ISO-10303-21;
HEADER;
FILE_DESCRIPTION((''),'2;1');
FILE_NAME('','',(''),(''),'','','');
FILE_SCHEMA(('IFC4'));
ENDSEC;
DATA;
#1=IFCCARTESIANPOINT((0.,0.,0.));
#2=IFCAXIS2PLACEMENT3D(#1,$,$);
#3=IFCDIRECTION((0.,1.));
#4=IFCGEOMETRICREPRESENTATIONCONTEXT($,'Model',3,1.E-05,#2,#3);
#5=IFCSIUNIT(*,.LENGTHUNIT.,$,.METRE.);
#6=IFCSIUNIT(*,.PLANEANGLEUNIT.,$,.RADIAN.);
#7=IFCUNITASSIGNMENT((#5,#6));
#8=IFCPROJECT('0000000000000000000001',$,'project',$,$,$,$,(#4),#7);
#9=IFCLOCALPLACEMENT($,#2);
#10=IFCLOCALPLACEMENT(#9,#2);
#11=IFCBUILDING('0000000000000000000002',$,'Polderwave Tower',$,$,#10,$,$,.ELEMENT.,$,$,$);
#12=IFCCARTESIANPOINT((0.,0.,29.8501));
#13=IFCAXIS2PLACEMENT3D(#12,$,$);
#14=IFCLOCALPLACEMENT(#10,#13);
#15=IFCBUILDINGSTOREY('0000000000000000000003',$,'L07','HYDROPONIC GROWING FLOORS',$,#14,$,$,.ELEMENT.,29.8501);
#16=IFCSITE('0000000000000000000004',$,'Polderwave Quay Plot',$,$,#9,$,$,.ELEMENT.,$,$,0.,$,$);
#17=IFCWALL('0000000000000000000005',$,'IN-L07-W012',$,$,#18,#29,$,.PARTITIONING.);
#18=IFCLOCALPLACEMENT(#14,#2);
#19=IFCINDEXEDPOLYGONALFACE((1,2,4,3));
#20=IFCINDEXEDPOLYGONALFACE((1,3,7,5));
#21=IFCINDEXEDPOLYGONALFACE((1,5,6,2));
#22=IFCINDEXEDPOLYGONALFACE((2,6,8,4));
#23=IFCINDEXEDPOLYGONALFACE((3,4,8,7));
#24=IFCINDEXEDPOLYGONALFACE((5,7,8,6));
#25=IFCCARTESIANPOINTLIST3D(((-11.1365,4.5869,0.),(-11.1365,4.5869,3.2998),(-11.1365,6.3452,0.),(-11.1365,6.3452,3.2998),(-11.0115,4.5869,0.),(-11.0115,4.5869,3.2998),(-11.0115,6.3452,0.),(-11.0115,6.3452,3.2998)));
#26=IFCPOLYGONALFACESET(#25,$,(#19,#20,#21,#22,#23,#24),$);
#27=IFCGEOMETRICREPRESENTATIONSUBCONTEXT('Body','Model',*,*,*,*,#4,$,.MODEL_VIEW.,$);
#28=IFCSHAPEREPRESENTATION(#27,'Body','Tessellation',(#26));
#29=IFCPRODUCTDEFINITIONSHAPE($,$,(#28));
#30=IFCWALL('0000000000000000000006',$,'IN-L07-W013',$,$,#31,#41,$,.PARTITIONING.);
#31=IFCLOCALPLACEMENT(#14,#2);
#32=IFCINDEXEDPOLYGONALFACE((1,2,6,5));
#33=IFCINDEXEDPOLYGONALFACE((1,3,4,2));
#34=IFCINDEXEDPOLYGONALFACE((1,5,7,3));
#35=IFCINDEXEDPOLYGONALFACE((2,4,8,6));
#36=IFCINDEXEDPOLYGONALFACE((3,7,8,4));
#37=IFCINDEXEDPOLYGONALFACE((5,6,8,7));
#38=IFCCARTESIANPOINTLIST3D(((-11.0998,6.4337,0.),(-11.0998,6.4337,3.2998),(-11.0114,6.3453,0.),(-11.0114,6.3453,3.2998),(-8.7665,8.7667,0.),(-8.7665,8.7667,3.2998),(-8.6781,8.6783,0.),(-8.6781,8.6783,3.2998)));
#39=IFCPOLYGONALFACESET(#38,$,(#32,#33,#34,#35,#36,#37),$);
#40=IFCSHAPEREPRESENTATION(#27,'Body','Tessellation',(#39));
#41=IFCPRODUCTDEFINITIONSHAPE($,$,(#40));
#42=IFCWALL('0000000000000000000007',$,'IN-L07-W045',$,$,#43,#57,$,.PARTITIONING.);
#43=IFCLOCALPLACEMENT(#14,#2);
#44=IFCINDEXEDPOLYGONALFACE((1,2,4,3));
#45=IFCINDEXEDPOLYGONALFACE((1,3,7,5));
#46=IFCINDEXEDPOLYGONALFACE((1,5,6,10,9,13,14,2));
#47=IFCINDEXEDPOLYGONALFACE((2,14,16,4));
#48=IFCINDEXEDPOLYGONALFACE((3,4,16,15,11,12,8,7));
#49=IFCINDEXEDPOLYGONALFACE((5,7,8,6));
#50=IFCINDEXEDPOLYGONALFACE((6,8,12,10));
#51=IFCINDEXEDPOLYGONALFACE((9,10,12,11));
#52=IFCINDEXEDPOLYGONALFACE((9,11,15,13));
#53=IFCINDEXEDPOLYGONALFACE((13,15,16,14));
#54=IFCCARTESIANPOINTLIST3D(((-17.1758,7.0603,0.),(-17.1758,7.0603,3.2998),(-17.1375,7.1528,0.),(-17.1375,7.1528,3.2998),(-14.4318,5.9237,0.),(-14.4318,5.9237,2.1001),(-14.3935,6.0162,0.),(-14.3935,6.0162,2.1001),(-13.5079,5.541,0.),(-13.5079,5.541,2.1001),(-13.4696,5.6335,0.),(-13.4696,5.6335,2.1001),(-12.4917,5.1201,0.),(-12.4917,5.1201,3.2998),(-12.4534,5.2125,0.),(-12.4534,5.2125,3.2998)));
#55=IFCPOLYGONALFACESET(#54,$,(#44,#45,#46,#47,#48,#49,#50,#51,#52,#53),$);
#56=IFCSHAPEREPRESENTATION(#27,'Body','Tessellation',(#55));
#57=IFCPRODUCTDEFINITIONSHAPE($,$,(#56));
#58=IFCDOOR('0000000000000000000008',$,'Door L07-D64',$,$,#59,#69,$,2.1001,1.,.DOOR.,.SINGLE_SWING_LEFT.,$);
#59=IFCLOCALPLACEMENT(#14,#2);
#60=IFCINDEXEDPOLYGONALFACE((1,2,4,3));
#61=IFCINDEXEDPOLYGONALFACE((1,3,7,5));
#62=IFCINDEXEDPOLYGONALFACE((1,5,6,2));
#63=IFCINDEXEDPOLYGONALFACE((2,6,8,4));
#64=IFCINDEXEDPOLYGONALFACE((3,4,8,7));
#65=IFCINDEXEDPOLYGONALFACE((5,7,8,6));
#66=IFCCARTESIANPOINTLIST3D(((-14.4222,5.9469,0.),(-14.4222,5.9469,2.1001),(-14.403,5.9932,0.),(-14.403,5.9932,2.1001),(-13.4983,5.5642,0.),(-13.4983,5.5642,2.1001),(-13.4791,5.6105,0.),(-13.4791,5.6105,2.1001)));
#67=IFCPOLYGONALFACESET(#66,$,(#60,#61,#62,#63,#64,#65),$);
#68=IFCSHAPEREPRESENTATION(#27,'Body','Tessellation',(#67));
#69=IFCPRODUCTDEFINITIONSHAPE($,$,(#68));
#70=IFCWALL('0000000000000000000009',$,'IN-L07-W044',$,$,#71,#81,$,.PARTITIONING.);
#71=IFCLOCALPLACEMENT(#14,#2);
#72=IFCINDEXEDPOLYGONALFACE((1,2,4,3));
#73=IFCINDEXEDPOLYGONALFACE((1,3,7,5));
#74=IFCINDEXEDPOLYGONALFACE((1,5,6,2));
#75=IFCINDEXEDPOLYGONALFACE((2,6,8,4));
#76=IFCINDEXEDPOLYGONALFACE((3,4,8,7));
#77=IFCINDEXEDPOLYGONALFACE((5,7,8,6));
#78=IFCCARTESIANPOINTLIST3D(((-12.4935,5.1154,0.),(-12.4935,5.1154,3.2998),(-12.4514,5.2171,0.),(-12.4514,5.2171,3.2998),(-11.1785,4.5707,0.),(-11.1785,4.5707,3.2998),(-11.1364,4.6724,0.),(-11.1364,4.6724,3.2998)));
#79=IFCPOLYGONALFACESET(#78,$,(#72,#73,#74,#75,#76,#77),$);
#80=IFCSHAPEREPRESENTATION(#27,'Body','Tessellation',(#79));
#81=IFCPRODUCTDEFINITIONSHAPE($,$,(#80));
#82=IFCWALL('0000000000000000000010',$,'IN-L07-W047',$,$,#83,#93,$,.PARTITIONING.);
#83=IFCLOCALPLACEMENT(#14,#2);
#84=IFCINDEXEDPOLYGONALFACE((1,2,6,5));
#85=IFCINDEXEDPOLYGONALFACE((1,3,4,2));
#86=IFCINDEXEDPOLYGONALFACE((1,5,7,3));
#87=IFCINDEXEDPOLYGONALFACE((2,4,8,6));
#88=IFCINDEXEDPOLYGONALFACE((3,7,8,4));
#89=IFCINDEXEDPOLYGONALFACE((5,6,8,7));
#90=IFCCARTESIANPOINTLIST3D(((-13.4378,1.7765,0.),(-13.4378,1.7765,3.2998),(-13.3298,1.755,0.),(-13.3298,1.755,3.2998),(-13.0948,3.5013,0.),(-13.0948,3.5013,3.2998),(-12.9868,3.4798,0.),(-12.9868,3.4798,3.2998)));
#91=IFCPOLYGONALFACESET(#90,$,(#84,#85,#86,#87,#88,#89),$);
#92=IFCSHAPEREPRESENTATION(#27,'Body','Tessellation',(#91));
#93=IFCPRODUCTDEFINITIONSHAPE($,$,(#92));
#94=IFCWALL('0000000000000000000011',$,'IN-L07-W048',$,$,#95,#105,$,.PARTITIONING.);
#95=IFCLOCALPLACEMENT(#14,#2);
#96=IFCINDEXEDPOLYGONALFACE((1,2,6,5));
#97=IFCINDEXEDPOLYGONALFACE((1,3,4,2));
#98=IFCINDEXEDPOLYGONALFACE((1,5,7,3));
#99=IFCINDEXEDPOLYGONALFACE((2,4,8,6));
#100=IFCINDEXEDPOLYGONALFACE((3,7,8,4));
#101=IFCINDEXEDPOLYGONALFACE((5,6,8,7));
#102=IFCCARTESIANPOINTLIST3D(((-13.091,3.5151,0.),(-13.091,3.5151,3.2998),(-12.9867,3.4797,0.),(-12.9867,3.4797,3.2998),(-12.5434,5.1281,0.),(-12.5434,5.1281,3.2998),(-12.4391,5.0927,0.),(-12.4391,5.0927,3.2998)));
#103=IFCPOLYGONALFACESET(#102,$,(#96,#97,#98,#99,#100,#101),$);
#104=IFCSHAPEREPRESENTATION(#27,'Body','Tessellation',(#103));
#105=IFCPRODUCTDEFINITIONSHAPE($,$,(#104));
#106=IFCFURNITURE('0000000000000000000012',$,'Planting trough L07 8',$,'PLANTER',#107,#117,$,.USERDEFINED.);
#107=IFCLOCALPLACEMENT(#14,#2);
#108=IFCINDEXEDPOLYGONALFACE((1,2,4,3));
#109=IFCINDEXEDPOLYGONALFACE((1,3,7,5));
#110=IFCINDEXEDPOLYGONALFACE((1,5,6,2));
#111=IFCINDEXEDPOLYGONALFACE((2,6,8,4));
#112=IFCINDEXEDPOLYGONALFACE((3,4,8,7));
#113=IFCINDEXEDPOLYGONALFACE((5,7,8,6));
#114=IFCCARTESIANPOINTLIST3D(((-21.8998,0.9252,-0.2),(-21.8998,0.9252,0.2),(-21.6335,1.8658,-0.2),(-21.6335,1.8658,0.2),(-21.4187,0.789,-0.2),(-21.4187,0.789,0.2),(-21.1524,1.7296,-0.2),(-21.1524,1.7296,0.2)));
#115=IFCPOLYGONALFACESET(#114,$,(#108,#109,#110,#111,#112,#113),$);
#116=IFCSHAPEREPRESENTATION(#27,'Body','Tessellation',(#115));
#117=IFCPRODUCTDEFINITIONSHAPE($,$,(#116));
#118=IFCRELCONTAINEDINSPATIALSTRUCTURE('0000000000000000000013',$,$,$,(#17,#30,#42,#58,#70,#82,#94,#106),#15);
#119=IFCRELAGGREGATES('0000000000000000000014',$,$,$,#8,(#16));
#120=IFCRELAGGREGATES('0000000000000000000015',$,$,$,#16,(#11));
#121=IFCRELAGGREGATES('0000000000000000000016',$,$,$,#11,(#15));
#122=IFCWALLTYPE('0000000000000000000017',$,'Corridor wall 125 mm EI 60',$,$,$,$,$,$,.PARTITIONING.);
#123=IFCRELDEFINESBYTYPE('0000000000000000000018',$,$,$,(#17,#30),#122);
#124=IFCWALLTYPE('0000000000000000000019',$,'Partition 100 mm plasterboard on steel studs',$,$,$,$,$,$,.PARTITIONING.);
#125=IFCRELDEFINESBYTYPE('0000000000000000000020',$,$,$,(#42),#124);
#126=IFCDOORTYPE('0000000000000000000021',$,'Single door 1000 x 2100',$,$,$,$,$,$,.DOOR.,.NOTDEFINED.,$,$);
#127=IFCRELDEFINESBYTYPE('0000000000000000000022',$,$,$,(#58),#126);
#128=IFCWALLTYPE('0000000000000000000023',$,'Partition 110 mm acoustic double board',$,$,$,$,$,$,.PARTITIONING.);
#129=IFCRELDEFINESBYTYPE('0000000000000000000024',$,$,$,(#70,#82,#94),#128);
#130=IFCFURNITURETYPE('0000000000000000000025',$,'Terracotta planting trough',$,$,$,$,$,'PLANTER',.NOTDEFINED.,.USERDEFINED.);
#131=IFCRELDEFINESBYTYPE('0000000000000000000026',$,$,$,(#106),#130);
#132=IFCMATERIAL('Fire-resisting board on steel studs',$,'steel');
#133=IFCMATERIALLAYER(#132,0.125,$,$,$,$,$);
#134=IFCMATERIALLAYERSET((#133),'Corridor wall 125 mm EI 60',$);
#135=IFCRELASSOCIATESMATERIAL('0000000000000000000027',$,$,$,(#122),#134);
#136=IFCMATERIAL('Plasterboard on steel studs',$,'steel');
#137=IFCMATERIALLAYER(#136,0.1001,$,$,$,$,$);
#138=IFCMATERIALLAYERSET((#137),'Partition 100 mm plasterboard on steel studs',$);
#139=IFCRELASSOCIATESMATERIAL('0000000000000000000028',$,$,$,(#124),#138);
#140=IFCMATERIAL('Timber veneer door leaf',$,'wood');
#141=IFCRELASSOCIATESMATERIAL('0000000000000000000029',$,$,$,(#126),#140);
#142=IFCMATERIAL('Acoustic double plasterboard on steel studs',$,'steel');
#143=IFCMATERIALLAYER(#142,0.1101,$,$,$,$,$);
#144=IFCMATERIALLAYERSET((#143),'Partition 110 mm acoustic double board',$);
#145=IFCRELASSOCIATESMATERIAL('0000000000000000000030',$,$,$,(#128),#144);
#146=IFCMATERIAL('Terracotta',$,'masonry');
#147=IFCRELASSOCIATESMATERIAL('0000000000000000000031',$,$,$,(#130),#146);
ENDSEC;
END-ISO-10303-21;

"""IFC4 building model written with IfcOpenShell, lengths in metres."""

from ifc_helpers import new_model, si_unit, direction, frame, frame_2d, origin, origin_2d, place, context, subcontext, project, spatial, rectangle, extrude, material, layer, layer_set, type_object, element, fill, save


model = new_model("IFC4")

# Units and contexts
model_context = context("Model", 3, precision=1e-05, world=origin(), true_north=direction((0.0, 1.0)))
body_context = subcontext(model_context, "Body", "Model", "MODEL_VIEW")
ifc_project = project(units=[si_unit("LENGTHUNIT", "METRE"), si_unit("PLANEANGLEUNIT", "RADIAN")], contexts=[model_context])

# Site, building, storey
site_placement = place(None, origin())
site = spatial("IfcSite", under=ifc_project, at=site_placement, Name="Polderwave Quay Plot", CompositionType="ELEMENT", RefElevation=0.0)
building_placement = place(site_placement, origin())
building = spatial("IfcBuilding", under=site, at=building_placement, Name="Polderwave Tower", CompositionType="ELEMENT")
storey_placement = place(building_placement, frame((0.0, 0.0, 29.8501)))
storey = spatial("IfcBuildingStorey", under=building, at=storey_placement, Name="L07", Description="HYDROPONIC GROWING FLOORS", CompositionType="ELEMENT", Elevation=29.8501)

# Shared definitions
ifc_material_1 = material(Name="Fire-resisting board on steel studs", Category="steel")
ifc_layer_1 = layer(ifc_material_1, 0.125)
ifc_layer_set_1 = layer_set([ifc_layer_1], Name="Corridor wall 125 mm EI 60")
wall_type_1 = type_object("IfcWallType", Name="Corridor wall 125 mm EI 60", PredefinedType="PARTITIONING", material=ifc_layer_set_1)

# Walls
wall_1_placement = place(storey_placement, frame((-11.074, 4.5869, 0.0), z_axis=(0.0, 0.0, 1.0), x_axis=(0.0, 1.0, 0.0)))
element("IfcWall", 1, at=wall_1_placement, inside=storey, type_object=wall_type_1, Name="IN-L07-W012", PredefinedType="PARTITIONING", context=body_context, shape_type="SweptSolid", body=[
    extrude(rectangle(XDim=1.7583, YDim=0.125, at=frame_2d((0.8792, 0.0))), origin(), (0.0, 0.0, 1.0), 3.2998),
])
wall_2_placement = place(storey_placement, frame((-11.0557, 6.3894, 0.0), z_axis=(0.0, 0.0, 1.0), x_axis=(0.707144, 0.70707, 0.0)))
element("IfcWall", 2, at=wall_2_placement, inside=storey, type_object=wall_type_1, Name="IN-L07-W013", PredefinedType="PARTITIONING", context=body_context, shape_type="SweptSolid", body=[
    extrude(rectangle(XDim=3.2996, YDim=0.125, at=frame_2d((1.6499, 0.0))), origin(), (0.0, 0.0, 1.0), 3.2998),
])

# Wall, opening, door
ifc_material_2 = material(Name="Plasterboard on steel studs", Category="steel")
ifc_layer_2 = layer(ifc_material_2, 0.1001)
ifc_layer_set_2 = layer_set([ifc_layer_2], Name="Partition 100 mm plasterboard on steel studs")
wall_type_2 = type_object("IfcWallType", Name="Partition 100 mm plasterboard on steel studs", PredefinedType="PARTITIONING", material=ifc_layer_set_2)
wall_3_placement = place(storey_placement, frame((-12.4724, 5.1663, 0.0), z_axis=(0.0, 0.0, 1.0), x_axis=(-0.923881, 0.382679, 0.0)))
wall_3 = element("IfcWall", 3, at=wall_3_placement, inside=storey, type_object=wall_type_2, Name="IN-L07-W045", PredefinedType="PARTITIONING", context=body_context, shape_type="SweptSolid", body=[
    extrude(rectangle(XDim=5.0701, YDim=0.1001, at=frame_2d((2.5352, 0.0))), origin(), (0.0, 0.0, 1.0), 3.2998),
])
opening_1_placement = place(wall_3_placement, frame((1.1001, 0.0, 0.0)))
opening_1 = element("IfcOpeningElement", 4, at=opening_1_placement, cuts=wall_3, PredefinedType="OPENING", context=body_context, shape_type="SweptSolid", body=[
    extrude(rectangle(XDim=1.0, YDim=2.1001, at=frame_2d((0.5, 1.05))), frame((0.0, 0.0601, 0.0), z_axis=(0.0, -1.0, 0.0), x_axis=(1.0, 0.0, 0.0)), (0.0, 0.0, 1.0), 0.1201),
])
ifc_material_3 = material(Name="Timber veneer door leaf", Category="wood")
door_type_1 = type_object("IfcDoorType", Name="Single door 1000 x 2100", OperationType="NOTDEFINED", PredefinedType="DOOR", material=ifc_material_3)
door_1_placement = place(opening_1_placement, origin())
door_1 = element("IfcDoor", 5, at=door_1_placement, inside=storey, type_object=door_type_1, Name="Door L07-D64", OperationType="SINGLE_SWING_LEFT", OverallHeight=2.1001, OverallWidth=1.0, PredefinedType="DOOR", context=body_context, shape_type="SweptSolid", body=[
    extrude(rectangle(XDim=1.0, YDim=2.1001, at=frame_2d((0.5, 1.05))), frame((0.0, 0.0249, 0.0), z_axis=(0.0, -1.0, 0.0), x_axis=(1.0, 0.0, 0.0)), (0.0, 0.0, 1.0), 0.05),
])
fill(opening_1, door_1)

# Walls
ifc_material_4 = material(Name="Acoustic double plasterboard on steel studs", Category="steel")
ifc_layer_3 = layer(ifc_material_4, 0.1101)
ifc_layer_set_3 = layer_set([ifc_layer_3], Name="Partition 110 mm acoustic double board")
wall_type_3 = type_object("IfcWallType", Name="Partition 110 mm acoustic double board", PredefinedType="PARTITIONING", material=ifc_layer_set_3)
wall_4_placement = place(storey_placement, frame((-11.1575, 4.6216, 0.0), z_axis=(0.0, 0.0, 1.0), x_axis=(-0.923877, 0.38269, 0.0)))
element("IfcWall", 6, at=wall_4_placement, inside=storey, type_object=wall_type_3, Name="IN-L07-W044", PredefinedType="PARTITIONING", context=body_context, shape_type="SweptSolid", body=[
    extrude(rectangle(XDim=1.4233, YDim=0.1101, at=frame_2d((0.7117, 0.0))), origin(), (0.0, 0.0, 1.0), 3.2998),
])
wall_5_placement = place(storey_placement, frame((-13.3838, 1.7656, 0.0), z_axis=(0.0, 0.0, 1.0), x_axis=(0.195048, 0.980794, 0.0)))
element("IfcWall", 7, at=wall_5_placement, inside=storey, type_object=wall_type_3, Name="IN-L07-W047", PredefinedType="PARTITIONING", context=body_context, shape_type="SweptSolid", body=[
    extrude(rectangle(XDim=1.7585, YDim=0.1101, at=frame_2d((0.8794, 0.0))), origin(), (0.0, 0.0, 1.0), 3.2998),
])
wall_6_placement = place(storey_placement, frame((-13.0388, 3.4976, 0.0), z_axis=(0.0, 0.0, 1.0), x_axis=(0.321468, 0.94692, 0.0)))
element("IfcWall", 8, at=wall_6_placement, inside=storey, type_object=wall_type_3, Name="IN-L07-W048", PredefinedType="PARTITIONING", context=body_context, shape_type="SweptSolid", body=[
    extrude(rectangle(XDim=1.7034, YDim=0.1101, at=frame_2d((0.8516, 0.0))), origin(), (0.0, 0.0, 1.0), 3.2998),
])

# Furniture
ifc_material_5 = material(Name="Terracotta", Category="masonry")
furniture_type = type_object("IfcFurnitureType", Name="Terracotta planting trough", ElementType="PLANTER", AssemblyPlace="NOTDEFINED", PredefinedType="USERDEFINED", material=ifc_material_5)
furniture_placement = place(storey_placement, frame((-21.5261, 1.3274, -0.2), z_axis=(0.0, 0.0, 1.0), x_axis=(-0.27242, -0.962179, 0.0)))
element("IfcFurniture", 9, at=furniture_placement, inside=storey, type_object=furniture_type, Name="Planting trough L07 8", ObjectType="PLANTER", PredefinedType="USERDEFINED", context=body_context, shape_type="SweptSolid", body=[
    extrude(rectangle(XDim=0.9775, YDim=0.5, at=origin_2d()), origin(), (0.0, 0.0, 1.0), 0.3999),
])

save(model, "model.ifc")
